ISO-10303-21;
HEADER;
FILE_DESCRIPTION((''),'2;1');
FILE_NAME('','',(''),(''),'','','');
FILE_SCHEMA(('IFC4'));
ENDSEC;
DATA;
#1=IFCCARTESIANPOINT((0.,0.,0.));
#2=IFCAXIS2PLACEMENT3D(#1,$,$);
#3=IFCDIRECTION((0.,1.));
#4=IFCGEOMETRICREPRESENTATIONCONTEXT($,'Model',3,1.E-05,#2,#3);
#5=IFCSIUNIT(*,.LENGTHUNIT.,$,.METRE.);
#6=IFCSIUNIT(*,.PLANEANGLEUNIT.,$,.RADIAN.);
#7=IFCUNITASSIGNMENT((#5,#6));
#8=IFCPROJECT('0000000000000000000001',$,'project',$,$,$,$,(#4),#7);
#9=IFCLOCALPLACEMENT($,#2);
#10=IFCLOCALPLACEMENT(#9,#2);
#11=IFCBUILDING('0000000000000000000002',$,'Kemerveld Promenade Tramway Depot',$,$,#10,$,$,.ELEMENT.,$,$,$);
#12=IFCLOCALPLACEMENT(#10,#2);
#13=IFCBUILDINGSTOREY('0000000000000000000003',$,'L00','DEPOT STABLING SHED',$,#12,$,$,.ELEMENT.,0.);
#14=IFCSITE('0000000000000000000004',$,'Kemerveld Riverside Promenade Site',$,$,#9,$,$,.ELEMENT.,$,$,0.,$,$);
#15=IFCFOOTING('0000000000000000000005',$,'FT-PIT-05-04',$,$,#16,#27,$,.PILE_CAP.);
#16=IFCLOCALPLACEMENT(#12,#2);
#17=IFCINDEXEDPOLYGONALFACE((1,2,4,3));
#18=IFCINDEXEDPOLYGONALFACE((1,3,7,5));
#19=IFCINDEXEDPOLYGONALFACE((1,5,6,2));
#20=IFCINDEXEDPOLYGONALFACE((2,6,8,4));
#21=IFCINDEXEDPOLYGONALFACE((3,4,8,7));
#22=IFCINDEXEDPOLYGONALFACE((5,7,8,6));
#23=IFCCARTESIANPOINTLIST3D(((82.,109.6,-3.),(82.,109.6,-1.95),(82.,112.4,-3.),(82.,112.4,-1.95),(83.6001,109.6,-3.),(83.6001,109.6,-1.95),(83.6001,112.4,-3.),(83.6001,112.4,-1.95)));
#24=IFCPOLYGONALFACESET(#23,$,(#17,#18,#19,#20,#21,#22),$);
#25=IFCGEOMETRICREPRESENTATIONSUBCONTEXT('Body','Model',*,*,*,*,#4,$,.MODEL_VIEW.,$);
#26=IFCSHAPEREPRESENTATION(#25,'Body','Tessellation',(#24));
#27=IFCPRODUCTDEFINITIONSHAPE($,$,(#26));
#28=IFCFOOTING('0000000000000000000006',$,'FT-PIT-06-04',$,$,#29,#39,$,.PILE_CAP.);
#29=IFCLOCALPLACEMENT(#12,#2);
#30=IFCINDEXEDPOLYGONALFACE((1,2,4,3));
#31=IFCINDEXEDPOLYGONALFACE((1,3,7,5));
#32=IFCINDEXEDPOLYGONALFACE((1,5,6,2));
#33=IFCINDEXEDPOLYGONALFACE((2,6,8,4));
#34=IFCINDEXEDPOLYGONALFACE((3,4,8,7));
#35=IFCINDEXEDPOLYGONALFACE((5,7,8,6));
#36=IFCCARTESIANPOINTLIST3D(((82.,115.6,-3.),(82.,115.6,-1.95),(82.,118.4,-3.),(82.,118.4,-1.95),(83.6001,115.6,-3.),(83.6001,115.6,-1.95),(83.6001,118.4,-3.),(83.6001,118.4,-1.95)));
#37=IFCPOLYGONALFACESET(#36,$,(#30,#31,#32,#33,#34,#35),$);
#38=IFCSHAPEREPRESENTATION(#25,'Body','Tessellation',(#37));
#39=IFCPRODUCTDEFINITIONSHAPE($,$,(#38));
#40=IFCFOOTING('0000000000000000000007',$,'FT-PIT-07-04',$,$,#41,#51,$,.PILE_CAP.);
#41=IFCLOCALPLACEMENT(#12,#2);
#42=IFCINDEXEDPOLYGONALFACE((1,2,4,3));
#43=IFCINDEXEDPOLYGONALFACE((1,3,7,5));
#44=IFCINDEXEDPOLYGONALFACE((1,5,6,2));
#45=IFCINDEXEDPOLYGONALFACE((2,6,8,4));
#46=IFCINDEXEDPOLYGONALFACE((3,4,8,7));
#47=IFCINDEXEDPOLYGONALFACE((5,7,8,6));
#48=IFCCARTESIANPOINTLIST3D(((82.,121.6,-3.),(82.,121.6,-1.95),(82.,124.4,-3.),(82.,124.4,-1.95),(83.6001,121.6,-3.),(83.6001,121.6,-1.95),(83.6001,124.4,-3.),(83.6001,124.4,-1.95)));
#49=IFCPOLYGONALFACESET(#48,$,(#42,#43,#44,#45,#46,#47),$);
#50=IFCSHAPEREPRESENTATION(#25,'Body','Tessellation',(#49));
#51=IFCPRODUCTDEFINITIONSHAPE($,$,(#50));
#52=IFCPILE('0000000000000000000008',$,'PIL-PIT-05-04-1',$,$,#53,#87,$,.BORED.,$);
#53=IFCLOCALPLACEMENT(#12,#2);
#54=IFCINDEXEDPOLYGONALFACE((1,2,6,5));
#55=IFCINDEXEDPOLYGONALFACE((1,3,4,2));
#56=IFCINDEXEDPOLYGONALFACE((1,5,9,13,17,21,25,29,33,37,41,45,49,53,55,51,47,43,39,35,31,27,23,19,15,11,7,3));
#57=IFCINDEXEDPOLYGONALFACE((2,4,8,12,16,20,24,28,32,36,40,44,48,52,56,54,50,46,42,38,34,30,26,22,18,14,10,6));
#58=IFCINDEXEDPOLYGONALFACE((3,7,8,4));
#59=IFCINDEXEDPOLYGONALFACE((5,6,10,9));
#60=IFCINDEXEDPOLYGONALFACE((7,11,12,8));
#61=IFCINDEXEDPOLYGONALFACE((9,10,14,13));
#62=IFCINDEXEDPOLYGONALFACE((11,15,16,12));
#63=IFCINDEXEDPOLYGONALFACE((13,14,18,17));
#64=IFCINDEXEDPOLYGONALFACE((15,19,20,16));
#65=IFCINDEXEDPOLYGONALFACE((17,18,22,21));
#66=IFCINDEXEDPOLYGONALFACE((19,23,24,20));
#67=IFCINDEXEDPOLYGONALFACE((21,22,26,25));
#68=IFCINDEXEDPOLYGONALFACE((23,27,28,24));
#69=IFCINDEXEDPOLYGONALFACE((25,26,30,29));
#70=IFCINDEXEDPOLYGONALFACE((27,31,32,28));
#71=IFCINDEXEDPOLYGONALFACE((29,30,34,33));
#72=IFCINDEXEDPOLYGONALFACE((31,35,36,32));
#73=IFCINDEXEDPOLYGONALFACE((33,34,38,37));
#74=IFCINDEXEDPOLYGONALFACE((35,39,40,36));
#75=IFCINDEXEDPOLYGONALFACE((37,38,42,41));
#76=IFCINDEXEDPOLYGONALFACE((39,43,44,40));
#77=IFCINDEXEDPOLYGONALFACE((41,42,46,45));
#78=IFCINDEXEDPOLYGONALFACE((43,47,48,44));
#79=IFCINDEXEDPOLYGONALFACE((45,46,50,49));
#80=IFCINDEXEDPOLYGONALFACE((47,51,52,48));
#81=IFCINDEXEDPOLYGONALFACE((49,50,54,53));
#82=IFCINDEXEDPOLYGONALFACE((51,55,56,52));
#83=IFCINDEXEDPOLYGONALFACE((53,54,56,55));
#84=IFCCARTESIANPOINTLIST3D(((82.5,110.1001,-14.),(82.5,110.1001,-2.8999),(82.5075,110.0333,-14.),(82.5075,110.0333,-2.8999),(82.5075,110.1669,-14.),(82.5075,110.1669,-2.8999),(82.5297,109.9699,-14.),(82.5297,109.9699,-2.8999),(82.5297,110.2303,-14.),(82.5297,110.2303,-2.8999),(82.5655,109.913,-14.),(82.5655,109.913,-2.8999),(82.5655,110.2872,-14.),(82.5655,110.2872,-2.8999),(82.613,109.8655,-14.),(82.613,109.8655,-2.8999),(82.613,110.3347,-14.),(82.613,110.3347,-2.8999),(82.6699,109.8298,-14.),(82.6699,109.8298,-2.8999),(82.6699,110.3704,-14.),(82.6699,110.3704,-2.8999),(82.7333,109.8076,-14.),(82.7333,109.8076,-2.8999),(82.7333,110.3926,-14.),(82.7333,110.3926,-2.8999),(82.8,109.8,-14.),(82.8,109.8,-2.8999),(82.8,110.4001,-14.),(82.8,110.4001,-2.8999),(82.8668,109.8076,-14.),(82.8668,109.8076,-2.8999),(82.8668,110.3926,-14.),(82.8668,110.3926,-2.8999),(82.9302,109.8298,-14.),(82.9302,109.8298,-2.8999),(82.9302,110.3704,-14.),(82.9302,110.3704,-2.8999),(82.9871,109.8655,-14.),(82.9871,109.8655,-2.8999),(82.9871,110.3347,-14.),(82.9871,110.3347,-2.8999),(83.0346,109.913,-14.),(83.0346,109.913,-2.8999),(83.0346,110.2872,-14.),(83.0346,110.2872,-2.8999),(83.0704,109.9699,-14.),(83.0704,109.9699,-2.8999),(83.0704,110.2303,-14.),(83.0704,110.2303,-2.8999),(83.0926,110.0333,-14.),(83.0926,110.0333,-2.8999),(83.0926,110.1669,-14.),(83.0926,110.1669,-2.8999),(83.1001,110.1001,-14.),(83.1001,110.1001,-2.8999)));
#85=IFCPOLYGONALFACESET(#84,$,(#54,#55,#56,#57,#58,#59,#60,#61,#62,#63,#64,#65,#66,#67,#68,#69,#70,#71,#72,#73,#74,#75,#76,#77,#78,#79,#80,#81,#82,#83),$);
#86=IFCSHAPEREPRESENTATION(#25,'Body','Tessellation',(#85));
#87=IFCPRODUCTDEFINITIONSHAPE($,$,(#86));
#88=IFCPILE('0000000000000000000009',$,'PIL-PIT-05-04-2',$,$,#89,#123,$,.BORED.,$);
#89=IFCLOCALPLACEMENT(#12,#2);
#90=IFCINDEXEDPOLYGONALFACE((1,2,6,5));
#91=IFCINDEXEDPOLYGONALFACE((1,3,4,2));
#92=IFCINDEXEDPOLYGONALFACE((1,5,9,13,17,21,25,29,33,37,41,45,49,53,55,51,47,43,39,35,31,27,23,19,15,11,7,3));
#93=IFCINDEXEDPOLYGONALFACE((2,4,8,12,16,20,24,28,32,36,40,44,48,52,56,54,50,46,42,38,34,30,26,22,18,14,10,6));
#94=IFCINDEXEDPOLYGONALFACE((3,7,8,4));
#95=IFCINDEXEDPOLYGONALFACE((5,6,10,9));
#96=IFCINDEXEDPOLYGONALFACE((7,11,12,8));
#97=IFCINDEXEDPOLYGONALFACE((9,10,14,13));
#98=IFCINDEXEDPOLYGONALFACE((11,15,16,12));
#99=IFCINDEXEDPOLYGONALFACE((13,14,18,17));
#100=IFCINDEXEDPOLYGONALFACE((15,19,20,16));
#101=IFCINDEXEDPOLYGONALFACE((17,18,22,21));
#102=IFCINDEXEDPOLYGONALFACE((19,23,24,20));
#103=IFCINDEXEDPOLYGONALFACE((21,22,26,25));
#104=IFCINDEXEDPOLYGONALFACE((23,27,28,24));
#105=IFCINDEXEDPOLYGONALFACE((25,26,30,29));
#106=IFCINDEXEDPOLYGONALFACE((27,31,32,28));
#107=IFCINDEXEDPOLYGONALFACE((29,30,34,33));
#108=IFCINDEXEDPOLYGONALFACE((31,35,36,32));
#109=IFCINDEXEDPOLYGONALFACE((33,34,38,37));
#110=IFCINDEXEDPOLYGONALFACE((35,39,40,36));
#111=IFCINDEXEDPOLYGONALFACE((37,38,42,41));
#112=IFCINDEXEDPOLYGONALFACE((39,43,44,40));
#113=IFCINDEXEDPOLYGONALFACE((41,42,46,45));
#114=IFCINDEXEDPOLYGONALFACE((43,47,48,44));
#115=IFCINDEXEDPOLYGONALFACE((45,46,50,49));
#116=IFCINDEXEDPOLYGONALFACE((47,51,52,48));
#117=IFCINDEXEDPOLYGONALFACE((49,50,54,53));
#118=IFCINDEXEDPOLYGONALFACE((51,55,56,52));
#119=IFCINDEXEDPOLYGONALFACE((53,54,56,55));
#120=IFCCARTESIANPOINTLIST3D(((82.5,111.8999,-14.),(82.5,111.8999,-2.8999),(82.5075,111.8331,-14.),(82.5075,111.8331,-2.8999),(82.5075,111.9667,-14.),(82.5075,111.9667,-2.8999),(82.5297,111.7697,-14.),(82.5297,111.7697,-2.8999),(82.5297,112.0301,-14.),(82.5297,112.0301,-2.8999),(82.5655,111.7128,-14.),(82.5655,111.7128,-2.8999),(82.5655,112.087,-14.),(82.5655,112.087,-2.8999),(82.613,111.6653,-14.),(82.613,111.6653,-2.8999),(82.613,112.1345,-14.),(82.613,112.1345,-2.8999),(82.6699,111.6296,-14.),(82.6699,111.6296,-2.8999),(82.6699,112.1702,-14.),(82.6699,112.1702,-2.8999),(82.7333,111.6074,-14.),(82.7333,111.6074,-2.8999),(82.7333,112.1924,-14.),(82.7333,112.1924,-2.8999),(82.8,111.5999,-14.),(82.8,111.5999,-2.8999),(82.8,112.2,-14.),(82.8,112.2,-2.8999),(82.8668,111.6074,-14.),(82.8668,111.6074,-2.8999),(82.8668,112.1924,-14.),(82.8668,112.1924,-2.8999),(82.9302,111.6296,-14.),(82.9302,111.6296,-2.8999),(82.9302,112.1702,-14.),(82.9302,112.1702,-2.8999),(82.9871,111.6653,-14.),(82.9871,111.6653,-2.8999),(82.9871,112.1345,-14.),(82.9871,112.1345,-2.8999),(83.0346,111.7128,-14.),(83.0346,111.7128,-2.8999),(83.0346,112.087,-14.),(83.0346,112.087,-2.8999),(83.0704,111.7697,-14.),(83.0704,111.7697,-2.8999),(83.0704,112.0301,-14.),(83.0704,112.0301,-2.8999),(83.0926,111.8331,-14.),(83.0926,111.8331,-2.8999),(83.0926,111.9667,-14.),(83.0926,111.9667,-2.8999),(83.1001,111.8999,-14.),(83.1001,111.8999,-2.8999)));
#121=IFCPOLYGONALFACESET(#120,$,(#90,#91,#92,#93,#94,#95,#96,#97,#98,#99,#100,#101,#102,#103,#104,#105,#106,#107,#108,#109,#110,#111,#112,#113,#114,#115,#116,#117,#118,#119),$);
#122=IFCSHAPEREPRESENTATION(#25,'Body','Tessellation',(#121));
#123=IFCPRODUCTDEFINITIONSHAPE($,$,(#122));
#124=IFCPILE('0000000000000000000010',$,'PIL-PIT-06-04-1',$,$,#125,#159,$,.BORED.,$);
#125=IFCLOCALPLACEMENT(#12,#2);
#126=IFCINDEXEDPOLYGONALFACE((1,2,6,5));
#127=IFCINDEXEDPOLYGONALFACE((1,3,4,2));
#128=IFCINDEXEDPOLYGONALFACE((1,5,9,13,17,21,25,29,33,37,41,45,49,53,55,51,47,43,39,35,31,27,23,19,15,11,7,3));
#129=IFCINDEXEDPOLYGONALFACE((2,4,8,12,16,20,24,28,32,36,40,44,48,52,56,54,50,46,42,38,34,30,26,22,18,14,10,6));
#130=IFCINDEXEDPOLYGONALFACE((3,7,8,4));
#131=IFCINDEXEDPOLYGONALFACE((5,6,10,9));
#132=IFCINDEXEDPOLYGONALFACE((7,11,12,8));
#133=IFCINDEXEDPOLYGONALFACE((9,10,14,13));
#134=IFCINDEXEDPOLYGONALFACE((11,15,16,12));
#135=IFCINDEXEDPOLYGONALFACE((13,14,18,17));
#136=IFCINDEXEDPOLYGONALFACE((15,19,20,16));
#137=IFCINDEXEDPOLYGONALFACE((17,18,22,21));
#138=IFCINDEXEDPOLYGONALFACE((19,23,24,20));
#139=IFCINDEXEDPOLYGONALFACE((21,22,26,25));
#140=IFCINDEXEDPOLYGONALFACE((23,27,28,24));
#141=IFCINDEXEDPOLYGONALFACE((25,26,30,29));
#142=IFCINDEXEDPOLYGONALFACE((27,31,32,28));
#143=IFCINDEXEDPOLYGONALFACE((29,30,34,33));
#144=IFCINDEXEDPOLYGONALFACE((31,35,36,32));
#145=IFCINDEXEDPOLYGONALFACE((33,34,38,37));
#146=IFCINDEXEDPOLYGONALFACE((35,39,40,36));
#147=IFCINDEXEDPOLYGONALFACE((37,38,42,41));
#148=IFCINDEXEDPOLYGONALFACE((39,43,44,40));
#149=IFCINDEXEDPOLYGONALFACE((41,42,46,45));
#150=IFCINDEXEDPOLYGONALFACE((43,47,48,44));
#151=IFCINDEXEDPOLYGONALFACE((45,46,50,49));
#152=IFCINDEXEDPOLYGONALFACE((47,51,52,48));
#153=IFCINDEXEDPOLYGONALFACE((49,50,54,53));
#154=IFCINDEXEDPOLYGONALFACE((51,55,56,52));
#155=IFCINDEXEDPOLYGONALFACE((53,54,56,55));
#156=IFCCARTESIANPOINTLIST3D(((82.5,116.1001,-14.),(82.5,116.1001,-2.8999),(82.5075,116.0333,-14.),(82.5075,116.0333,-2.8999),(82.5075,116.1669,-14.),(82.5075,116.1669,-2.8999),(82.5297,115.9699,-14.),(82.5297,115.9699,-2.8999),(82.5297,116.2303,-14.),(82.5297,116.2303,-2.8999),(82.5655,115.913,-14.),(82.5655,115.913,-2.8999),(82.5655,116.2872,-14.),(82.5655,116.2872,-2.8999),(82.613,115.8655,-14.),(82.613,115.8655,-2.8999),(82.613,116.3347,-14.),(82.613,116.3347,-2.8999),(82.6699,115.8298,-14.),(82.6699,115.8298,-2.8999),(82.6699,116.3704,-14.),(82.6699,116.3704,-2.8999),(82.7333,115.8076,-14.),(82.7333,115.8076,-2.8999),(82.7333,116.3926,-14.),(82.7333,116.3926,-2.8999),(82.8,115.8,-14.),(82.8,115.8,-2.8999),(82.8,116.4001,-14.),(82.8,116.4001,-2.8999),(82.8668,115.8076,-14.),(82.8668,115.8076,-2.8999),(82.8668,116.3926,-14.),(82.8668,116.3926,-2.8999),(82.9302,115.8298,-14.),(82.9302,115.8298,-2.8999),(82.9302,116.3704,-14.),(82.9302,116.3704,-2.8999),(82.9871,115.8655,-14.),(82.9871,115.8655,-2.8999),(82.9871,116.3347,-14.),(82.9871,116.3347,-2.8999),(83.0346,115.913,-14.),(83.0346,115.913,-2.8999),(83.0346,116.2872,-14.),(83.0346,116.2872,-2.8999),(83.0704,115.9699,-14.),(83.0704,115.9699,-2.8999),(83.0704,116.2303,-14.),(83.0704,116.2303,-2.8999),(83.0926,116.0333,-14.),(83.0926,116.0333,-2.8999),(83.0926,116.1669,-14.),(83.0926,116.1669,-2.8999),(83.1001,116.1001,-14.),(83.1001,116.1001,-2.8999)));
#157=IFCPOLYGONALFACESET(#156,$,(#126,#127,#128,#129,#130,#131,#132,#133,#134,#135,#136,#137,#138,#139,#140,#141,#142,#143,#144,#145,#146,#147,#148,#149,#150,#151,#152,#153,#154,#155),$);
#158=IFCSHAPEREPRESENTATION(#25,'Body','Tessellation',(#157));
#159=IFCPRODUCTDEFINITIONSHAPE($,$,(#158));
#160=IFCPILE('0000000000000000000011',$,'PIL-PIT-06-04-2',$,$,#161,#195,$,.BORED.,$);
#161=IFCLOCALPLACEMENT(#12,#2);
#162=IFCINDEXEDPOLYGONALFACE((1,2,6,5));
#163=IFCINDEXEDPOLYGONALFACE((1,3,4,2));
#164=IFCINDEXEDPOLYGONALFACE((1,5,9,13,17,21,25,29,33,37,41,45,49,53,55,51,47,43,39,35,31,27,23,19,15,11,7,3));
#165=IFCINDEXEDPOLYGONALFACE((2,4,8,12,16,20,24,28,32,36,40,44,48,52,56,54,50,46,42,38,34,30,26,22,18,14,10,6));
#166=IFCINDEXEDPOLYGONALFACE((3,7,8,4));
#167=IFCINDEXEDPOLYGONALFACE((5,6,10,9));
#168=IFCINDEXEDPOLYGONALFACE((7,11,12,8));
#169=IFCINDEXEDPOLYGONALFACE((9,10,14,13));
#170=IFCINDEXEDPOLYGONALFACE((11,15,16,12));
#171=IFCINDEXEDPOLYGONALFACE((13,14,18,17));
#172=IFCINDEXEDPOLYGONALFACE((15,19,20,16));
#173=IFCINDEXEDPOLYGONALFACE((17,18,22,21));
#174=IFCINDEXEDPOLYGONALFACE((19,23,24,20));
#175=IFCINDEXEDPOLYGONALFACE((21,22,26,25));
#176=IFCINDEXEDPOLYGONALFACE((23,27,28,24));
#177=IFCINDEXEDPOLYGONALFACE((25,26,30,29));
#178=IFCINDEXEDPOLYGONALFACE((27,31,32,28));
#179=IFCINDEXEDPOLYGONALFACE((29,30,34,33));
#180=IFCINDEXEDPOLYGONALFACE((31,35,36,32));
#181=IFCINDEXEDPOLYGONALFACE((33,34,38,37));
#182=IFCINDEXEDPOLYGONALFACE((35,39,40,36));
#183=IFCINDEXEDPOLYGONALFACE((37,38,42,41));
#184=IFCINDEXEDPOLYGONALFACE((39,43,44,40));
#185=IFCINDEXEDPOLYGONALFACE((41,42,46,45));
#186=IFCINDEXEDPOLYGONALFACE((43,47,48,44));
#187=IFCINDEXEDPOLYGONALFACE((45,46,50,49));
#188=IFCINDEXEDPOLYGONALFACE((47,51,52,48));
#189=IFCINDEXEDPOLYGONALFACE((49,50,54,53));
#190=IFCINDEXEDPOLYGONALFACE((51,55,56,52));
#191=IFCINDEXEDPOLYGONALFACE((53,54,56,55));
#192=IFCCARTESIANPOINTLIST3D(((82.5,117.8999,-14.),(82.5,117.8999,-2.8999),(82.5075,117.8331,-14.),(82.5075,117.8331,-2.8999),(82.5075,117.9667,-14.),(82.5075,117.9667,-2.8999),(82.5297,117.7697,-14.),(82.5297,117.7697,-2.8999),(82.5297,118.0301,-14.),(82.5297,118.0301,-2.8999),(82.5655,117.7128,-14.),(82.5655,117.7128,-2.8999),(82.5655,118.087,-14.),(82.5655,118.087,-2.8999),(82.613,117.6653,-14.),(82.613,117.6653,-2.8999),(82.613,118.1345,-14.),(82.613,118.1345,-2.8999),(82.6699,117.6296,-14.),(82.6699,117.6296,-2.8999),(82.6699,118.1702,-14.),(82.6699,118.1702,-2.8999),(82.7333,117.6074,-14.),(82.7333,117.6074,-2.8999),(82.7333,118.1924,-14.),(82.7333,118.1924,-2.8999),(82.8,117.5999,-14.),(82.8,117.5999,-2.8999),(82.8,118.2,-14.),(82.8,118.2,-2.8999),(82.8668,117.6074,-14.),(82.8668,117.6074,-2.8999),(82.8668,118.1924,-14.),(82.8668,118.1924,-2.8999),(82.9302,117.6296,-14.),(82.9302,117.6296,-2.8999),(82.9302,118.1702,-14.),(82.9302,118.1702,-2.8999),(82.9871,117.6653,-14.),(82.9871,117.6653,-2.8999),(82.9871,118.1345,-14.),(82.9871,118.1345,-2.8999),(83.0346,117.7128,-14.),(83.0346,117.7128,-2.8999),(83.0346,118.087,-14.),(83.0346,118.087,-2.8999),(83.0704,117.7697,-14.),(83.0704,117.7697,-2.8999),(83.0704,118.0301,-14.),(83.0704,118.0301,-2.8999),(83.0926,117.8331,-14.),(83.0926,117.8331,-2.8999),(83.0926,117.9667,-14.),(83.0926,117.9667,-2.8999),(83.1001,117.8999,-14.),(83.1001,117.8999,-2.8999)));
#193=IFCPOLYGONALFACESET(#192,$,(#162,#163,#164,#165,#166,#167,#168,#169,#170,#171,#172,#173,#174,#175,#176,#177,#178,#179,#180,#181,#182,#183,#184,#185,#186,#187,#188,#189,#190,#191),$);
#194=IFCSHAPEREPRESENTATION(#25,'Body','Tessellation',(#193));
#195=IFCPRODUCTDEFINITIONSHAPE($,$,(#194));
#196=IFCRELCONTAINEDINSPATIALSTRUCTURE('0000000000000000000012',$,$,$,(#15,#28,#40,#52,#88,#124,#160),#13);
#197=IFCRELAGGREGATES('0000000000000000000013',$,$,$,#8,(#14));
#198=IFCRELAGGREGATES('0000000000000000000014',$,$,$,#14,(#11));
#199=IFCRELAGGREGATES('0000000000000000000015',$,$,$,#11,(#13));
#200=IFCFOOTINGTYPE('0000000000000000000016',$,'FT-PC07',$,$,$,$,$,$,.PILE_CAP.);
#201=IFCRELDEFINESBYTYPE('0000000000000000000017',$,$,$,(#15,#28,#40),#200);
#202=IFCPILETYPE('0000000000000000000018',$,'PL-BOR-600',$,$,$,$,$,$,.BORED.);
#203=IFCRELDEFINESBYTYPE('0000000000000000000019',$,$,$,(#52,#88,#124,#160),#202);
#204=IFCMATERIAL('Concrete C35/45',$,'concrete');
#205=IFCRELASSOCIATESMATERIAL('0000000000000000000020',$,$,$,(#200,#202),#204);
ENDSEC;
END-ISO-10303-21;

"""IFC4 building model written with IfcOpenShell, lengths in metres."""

from ifc_helpers import new_model, si_unit, direction, frame, origin, origin_2d, place, context, subcontext, project, spatial, rectangle, circle, extrude, material, material_profile, profile_set, type_object, element, save


model = new_model("IFC4")

# Units and contexts
model_context = context("Model", 3, precision=1e-05, world=origin(), true_north=direction((0.0, 1.0)))
body_context = subcontext(model_context, "Body", "Model", "MODEL_VIEW")
ifc_project = project(units=[si_unit("LENGTHUNIT", "METRE"), si_unit("PLANEANGLEUNIT", "RADIAN")], contexts=[model_context])

# Site, building, storey
site_placement = place(None, origin())
site = spatial("IfcSite", under=ifc_project, at=site_placement, Name="Kemerveld Riverside Promenade Site", CompositionType="ELEMENT", RefElevation=0.0)
building_placement = place(site_placement, origin())
building = spatial("IfcBuilding", under=site, at=building_placement, Name="Kemerveld Promenade Tramway Depot", CompositionType="ELEMENT")
storey_placement = place(building_placement, origin())
storey = spatial("IfcBuildingStorey", under=building, at=storey_placement, Name="L00", Description="DEPOT STABLING SHED", CompositionType="ELEMENT", Elevation=0.0)

# Footings
ifc_material_1 = material(Name="Concrete C35/45", Category="concrete")
footing_type = type_object("IfcFootingType", Name="FT-PC07", PredefinedType="PILE_CAP", material=ifc_material_1)
for number, where, z_axis, x_axis, name in (
    (1, (82.8, 111.0, -3.0), (0.0, 0.0, 1.0), (1.0, 0.0, 0.0), "FT-PIT-05-04"),
    (2, (82.8, 117.0, -3.0), (0.0, 0.0, 1.0), (1.0, 0.0, 0.0), "FT-PIT-06-04"),
    (3, (82.8, 123.0, -3.0), (0.0, 0.0, 1.0), (1.0, 0.0, 0.0), "FT-PIT-07-04"),
):
    element("IfcFooting", number, at=place(storey_placement, frame(where, z_axis=z_axis, x_axis=x_axis)), inside=storey, type_object=footing_type, Name=name, PredefinedType="PILE_CAP", context=body_context, shape_type="SweptSolid", body=[
        extrude(rectangle(XDim=1.6001, YDim=2.8, at=origin_2d()), origin(), (0.0, 0.0, 1.0), 1.05),
    ])

# Piles
ifc_material_profile_1 = material_profile(ifc_material_1, circle(Radius=0.3, at=origin_2d()), Name="PILE-D600")
ifc_profile_set_1 = profile_set([ifc_material_profile_1], Name="Concrete C35/45")
pile_type = type_object("IfcPileType", Name="PL-BOR-600", PredefinedType="BORED", material=ifc_profile_set_1)
for number, where, z_axis, x_axis, name in (
    (4, (82.8, 110.1001, -2.8999), (0.0, 0.0, -1.0), (1.0, 0.0, 0.0), "PIL-PIT-05-04-1"),
    (5, (82.8, 111.8999, -2.8999), (0.0, 0.0, -1.0), (1.0, 0.0, 0.0), "PIL-PIT-05-04-2"),
    (6, (82.8, 116.1001, -2.8999), (0.0, 0.0, -1.0), (1.0, 0.0, 0.0), "PIL-PIT-06-04-1"),
    (7, (82.8, 117.8999, -2.8999), (0.0, 0.0, -1.0), (1.0, 0.0, 0.0), "PIL-PIT-06-04-2"),
):
    element("IfcPile", number, at=place(storey_placement, frame(where, z_axis=z_axis, x_axis=x_axis)), inside=storey, type_object=pile_type, Name=name, PredefinedType="BORED", context=body_context, shape_type="SweptSolid", body=[
        extrude(circle(Radius=0.3, at=origin_2d()), origin(), (0.0, 0.0, 1.0), 11.1001),
    ])

save(model, "model.ifc")
